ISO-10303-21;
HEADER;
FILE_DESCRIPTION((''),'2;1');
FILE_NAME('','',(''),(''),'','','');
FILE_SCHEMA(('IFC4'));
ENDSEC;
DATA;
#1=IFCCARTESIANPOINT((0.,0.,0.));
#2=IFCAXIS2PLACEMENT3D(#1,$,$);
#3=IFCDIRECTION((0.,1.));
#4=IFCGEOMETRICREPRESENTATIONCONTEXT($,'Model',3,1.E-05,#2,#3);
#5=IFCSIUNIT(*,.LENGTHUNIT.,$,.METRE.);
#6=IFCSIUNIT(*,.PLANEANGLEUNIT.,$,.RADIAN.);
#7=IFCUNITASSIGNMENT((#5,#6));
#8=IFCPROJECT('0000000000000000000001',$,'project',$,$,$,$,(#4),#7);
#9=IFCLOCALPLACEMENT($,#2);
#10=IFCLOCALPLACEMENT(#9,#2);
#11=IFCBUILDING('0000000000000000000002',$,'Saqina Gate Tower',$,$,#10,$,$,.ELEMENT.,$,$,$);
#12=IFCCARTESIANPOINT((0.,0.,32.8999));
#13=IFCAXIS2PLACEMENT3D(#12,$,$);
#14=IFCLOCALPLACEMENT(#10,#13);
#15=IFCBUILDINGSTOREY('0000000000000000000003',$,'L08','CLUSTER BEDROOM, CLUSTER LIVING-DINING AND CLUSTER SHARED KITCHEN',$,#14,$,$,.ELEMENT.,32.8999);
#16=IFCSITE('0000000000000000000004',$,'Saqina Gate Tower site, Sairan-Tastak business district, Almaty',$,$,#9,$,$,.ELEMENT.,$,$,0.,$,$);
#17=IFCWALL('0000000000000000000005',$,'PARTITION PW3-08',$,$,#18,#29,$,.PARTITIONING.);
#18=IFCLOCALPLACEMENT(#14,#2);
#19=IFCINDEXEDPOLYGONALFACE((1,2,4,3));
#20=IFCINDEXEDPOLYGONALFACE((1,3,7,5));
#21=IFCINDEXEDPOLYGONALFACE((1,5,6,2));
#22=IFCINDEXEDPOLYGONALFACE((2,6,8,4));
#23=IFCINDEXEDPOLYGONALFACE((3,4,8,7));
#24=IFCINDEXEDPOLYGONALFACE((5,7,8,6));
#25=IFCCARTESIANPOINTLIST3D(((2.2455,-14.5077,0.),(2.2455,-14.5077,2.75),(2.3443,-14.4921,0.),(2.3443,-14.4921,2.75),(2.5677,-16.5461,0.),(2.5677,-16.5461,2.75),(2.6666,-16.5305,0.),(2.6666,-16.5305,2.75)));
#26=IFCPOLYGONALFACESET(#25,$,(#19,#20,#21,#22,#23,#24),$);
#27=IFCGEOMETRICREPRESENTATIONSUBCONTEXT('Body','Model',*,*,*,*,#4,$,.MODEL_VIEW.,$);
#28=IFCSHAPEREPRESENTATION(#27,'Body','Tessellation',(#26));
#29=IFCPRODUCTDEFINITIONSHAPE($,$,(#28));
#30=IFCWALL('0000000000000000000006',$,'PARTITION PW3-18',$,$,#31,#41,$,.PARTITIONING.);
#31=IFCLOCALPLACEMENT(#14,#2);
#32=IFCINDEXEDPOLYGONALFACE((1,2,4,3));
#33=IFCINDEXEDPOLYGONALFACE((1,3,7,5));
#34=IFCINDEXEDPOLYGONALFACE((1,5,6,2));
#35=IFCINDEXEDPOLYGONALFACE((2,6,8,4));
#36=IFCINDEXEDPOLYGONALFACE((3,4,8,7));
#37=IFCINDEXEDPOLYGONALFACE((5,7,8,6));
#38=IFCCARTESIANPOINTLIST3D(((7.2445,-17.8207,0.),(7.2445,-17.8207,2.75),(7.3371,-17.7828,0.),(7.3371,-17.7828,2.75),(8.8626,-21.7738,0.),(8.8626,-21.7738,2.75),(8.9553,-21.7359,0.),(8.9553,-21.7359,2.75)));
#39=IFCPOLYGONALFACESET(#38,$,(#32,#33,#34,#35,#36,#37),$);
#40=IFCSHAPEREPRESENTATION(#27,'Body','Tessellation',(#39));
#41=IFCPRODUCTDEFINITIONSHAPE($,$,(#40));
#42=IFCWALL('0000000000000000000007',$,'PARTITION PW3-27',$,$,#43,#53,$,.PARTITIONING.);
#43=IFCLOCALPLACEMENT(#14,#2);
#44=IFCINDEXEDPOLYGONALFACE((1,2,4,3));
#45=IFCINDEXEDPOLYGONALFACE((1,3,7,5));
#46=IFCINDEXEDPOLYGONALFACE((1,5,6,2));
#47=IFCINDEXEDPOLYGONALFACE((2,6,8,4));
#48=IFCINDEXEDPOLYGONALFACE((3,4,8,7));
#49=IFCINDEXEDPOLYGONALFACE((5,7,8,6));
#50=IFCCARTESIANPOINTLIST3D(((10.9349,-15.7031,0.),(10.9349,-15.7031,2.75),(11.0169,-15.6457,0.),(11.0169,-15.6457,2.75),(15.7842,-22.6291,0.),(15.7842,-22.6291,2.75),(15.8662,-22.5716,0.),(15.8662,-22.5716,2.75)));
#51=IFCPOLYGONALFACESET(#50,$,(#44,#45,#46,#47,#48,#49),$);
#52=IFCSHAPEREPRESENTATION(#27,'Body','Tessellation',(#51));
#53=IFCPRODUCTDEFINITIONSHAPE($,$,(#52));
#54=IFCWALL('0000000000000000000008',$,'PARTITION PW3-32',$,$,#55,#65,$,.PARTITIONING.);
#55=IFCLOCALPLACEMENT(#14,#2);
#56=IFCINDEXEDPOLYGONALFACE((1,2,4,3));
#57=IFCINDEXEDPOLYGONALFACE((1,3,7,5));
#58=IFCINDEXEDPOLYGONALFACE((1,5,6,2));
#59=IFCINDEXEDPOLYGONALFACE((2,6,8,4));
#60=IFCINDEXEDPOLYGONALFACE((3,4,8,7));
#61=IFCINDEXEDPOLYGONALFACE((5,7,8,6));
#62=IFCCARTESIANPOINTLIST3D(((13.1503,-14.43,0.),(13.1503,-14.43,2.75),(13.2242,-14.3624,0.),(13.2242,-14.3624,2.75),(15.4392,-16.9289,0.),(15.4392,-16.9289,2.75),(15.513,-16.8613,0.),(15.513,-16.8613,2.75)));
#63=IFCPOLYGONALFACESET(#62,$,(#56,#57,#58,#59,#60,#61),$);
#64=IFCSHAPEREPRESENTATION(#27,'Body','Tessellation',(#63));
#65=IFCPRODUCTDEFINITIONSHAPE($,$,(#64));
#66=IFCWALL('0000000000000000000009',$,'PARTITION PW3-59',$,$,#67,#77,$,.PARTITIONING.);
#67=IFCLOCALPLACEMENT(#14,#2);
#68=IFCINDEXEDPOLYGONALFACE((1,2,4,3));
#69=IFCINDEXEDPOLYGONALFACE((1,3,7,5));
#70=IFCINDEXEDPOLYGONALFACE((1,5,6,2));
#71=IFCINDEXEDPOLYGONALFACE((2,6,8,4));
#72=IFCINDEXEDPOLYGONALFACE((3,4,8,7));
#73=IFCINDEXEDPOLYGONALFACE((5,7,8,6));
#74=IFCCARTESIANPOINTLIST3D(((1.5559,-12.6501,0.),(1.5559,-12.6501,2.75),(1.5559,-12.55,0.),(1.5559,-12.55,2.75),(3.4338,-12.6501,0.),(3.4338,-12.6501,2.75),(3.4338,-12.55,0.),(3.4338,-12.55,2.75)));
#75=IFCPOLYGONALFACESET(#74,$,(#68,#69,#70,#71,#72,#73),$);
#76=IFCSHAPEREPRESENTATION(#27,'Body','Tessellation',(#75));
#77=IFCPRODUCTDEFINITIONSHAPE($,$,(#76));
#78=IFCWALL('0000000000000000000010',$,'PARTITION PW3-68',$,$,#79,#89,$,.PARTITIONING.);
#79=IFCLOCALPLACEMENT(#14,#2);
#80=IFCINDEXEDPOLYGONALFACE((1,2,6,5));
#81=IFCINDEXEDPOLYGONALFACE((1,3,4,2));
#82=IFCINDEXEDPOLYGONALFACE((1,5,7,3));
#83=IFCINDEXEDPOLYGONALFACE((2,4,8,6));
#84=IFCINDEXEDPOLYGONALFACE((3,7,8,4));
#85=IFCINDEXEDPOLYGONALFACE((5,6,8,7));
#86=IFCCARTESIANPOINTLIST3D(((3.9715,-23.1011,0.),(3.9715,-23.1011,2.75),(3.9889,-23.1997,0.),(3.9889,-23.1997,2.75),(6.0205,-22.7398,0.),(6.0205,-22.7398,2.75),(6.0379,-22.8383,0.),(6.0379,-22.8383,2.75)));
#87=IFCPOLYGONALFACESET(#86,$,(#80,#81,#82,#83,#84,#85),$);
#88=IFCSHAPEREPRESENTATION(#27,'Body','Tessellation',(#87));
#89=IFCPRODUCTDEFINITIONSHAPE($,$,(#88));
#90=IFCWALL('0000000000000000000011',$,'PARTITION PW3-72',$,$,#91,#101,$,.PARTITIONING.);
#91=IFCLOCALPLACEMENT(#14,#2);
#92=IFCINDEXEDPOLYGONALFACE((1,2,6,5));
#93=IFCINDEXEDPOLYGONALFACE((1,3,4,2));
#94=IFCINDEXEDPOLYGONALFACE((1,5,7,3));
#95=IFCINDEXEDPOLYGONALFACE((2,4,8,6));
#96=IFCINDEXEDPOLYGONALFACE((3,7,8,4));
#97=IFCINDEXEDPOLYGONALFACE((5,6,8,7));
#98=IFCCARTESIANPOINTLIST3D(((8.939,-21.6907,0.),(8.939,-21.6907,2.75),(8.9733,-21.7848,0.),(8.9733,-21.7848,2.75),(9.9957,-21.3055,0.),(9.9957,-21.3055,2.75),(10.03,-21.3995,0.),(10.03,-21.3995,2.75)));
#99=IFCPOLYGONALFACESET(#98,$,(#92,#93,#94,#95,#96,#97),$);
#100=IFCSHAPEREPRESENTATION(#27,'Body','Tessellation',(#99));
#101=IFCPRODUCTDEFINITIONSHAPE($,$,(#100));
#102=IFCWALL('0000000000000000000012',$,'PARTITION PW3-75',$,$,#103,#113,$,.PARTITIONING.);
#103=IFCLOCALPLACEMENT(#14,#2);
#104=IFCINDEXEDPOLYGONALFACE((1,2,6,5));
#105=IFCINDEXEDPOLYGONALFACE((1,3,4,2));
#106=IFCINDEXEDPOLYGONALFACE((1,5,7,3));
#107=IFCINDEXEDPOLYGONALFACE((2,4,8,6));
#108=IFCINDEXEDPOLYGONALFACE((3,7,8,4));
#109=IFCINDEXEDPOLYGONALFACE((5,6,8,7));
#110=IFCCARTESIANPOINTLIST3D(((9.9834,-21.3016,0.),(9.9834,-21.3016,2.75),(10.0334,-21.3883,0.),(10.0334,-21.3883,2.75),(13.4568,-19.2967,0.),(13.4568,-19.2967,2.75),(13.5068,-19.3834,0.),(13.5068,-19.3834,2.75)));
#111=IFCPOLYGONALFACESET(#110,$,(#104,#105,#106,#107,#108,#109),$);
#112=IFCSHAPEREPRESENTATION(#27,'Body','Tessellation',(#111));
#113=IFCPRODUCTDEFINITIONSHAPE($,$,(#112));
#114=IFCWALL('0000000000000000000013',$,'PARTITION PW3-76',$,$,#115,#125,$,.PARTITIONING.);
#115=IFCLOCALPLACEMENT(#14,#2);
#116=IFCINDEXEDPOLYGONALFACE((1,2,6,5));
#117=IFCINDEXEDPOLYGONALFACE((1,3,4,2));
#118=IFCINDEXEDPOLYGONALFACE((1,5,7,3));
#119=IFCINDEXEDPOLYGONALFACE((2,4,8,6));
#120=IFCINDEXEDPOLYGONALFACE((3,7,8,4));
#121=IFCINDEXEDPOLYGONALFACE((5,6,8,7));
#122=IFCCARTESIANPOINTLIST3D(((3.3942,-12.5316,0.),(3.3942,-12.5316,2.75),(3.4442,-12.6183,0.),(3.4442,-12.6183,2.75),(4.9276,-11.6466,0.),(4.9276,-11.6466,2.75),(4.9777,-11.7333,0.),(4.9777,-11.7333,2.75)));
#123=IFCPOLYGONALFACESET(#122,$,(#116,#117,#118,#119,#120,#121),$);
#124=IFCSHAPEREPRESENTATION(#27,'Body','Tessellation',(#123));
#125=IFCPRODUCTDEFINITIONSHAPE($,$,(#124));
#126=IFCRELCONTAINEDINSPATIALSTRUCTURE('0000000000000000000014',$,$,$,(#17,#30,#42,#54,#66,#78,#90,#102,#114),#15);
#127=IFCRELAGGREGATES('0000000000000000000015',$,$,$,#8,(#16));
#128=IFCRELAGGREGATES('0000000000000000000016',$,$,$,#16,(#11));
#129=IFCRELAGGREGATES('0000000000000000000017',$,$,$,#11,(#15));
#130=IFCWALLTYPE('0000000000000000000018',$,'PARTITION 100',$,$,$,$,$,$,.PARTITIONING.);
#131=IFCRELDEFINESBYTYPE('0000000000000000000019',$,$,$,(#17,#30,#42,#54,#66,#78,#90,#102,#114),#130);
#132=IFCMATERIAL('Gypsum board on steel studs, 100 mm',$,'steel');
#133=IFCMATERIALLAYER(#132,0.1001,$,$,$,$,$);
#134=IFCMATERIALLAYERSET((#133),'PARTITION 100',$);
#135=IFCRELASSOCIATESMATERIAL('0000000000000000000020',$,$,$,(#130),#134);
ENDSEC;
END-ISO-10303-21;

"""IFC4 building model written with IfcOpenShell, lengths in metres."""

from ifc_helpers import new_model, si_unit, direction, frame, frame_2d, origin, place, context, subcontext, project, spatial, rectangle, extrude, material, layer, layer_set, type_object, element, save


model = new_model("IFC4")

# Units and contexts
model_context = context("Model", 3, precision=1e-05, world=origin(), true_north=direction((0.0, 1.0)))
body_context = subcontext(model_context, "Body", "Model", "MODEL_VIEW")
ifc_project = project(units=[si_unit("LENGTHUNIT", "METRE"), si_unit("PLANEANGLEUNIT", "RADIAN")], contexts=[model_context])

# Site, building, storey
site_placement = place(None, origin())
site = spatial("IfcSite", under=ifc_project, at=site_placement, Name="Saqina Gate Tower site, Sairan-Tastak business district, Almaty", CompositionType="ELEMENT", RefElevation=0.0)
building_placement = place(site_placement, origin())
building = spatial("IfcBuilding", under=site, at=building_placement, Name="Saqina Gate Tower", CompositionType="ELEMENT")
storey_placement = place(building_placement, frame((0.0, 0.0, 32.8999)))
storey = spatial("IfcBuildingStorey", under=building, at=storey_placement, Name="L08", Description="CLUSTER BEDROOM, CLUSTER LIVING-DINING AND CLUSTER SHARED KITCHEN", CompositionType="ELEMENT", Elevation=32.8999)

# Walls
ifc_material_1 = material(Name="Gypsum board on steel studs, 100 mm", Category="steel")
ifc_layer_1 = layer(ifc_material_1, 0.1001)
ifc_layer_set_1 = layer_set([ifc_layer_1], Name="PARTITION 100")
wall_type_1 = type_object("IfcWallType", Name="PARTITION 100", PredefinedType="PARTITIONING", material=ifc_layer_set_1)
wall_1_placement = place(storey_placement, frame((2.2949, -14.5, 0.0), z_axis=(0.0, 0.0, 1.0), x_axis=(0.156163, -0.987731, 0.0)))
element("IfcWall", 1, at=wall_1_placement, inside=storey, type_object=wall_type_1, Name="PARTITION PW3-08", PredefinedType="PARTITIONING", context=body_context, shape_type="SweptSolid", body=[
    extrude(rectangle(XDim=2.0637, YDim=0.1001, at=frame_2d((1.0317, 0.0))), origin(), (0.0, 0.0, 1.0), 2.75),
])
wall_2_placement = place(storey_placement, frame((7.2908, -17.8018, 0.0), z_axis=(0.0, 0.0, 1.0), x_axis=(0.378829, -0.925467, 0.0)))
element("IfcWall", 2, at=wall_2_placement, inside=storey, type_object=wall_type_1, Name="PARTITION PW3-18", PredefinedType="PARTITIONING", context=body_context, shape_type="SweptSolid", body=[
    extrude(rectangle(XDim=4.2715, YDim=0.1001, at=frame_2d((2.1357, 0.0))), origin(), (0.0, 0.0, 1.0), 2.75),
])
wall_3_placement = place(storey_placement, frame((10.9758, -15.6743, 0.0), z_axis=(0.0, 0.0, 1.0), x_axis=(0.573553, -0.819168, 0.0)))
element("IfcWall", 3, at=wall_3_placement, inside=storey, type_object=wall_type_1, Name="PARTITION PW3-27", PredefinedType="PARTITIONING", context=body_context, shape_type="SweptSolid", body=[
    extrude(rectangle(XDim=8.4548, YDim=0.1001, at=frame_2d((4.2275, 0.0))), origin(), (0.0, 0.0, 1.0), 2.75),
])
wall_4_placement = place(storey_placement, frame((13.1873, -14.3962, 0.0), z_axis=(0.0, 0.0, 1.0), x_axis=(0.675447, -0.737408, 0.0)))
element("IfcWall", 4, at=wall_4_placement, inside=storey, type_object=wall_type_1, Name="PARTITION PW3-32", PredefinedType="PARTITIONING", context=body_context, shape_type="SweptSolid", body=[
    extrude(rectangle(XDim=3.3887, YDim=0.1001, at=frame_2d((1.6943, 0.0))), origin(), (0.0, 0.0, 1.0), 2.75),
])
wall_5_placement = place(storey_placement, frame((1.5559, -12.6001, 0.0), z_axis=(0.0, 0.0, 1.0), x_axis=(1.0, 0.0, 0.0)))
element("IfcWall", 5, at=wall_5_placement, inside=storey, type_object=wall_type_1, Name="PARTITION PW3-59", PredefinedType="PARTITIONING", context=body_context, shape_type="SweptSolid", body=[
    extrude(rectangle(XDim=1.8779, YDim=0.1001, at=frame_2d((0.939, 0.0))), origin(), (0.0, 0.0, 1.0), 2.75),
])
wall_6_placement = place(storey_placement, frame((3.9802, -23.1504, 0.0), z_axis=(0.0, 0.0, 1.0), x_axis=(0.984802, 0.173678, 0.0)))
element("IfcWall", 6, at=wall_6_placement, inside=storey, type_object=wall_type_1, Name="PARTITION PW3-68", PredefinedType="PARTITIONING", context=body_context, shape_type="SweptSolid", body=[
    extrude(rectangle(XDim=2.0806, YDim=0.1001, at=frame_2d((1.0403, 0.0))), origin(), (0.0, 0.0, 1.0), 2.75),
])
wall_7_placement = place(storey_placement, frame((8.9561, -21.7378, 0.0), z_axis=(0.0, 0.0, 1.0), x_axis=(0.939502, 0.342545, 0.0)))
element("IfcWall", 7, at=wall_7_placement, inside=storey, type_object=wall_type_1, Name="PARTITION PW3-72", PredefinedType="PARTITIONING", context=body_context, shape_type="SweptSolid", body=[
    extrude(rectangle(XDim=1.1248, YDim=0.1001, at=frame_2d((0.5625, 0.0))), origin(), (0.0, 0.0, 1.0), 2.75),
])
wall_8_placement = place(storey_placement, frame((10.0083, -21.345, 0.0), z_axis=(0.0, 0.0, 1.0), x_axis=(0.866077, 0.49991, 0.0)))
element("IfcWall", 8, at=wall_8_placement, inside=storey, type_object=wall_type_1, Name="PARTITION PW3-75", PredefinedType="PARTITIONING", context=body_context, shape_type="SweptSolid", body=[
    extrude(rectangle(XDim=4.0105, YDim=0.1001, at=frame_2d((2.0054, 0.0))), origin(), (0.0, 0.0, 1.0), 2.75),
])
wall_9_placement = place(storey_placement, frame((3.4192, -12.575, 0.0), z_axis=(0.0, 0.0, 1.0), x_axis=(0.866105, 0.499862, 0.0)))
element("IfcWall", 9, at=wall_9_placement, inside=storey, type_object=wall_type_1, Name="PARTITION PW3-76", PredefinedType="PARTITIONING", context=body_context, shape_type="SweptSolid", body=[
    extrude(rectangle(XDim=1.7705, YDim=0.1001, at=frame_2d((0.8853, 0.0))), origin(), (0.0, 0.0, 1.0), 2.75),
])

save(model, "model.ifc")
